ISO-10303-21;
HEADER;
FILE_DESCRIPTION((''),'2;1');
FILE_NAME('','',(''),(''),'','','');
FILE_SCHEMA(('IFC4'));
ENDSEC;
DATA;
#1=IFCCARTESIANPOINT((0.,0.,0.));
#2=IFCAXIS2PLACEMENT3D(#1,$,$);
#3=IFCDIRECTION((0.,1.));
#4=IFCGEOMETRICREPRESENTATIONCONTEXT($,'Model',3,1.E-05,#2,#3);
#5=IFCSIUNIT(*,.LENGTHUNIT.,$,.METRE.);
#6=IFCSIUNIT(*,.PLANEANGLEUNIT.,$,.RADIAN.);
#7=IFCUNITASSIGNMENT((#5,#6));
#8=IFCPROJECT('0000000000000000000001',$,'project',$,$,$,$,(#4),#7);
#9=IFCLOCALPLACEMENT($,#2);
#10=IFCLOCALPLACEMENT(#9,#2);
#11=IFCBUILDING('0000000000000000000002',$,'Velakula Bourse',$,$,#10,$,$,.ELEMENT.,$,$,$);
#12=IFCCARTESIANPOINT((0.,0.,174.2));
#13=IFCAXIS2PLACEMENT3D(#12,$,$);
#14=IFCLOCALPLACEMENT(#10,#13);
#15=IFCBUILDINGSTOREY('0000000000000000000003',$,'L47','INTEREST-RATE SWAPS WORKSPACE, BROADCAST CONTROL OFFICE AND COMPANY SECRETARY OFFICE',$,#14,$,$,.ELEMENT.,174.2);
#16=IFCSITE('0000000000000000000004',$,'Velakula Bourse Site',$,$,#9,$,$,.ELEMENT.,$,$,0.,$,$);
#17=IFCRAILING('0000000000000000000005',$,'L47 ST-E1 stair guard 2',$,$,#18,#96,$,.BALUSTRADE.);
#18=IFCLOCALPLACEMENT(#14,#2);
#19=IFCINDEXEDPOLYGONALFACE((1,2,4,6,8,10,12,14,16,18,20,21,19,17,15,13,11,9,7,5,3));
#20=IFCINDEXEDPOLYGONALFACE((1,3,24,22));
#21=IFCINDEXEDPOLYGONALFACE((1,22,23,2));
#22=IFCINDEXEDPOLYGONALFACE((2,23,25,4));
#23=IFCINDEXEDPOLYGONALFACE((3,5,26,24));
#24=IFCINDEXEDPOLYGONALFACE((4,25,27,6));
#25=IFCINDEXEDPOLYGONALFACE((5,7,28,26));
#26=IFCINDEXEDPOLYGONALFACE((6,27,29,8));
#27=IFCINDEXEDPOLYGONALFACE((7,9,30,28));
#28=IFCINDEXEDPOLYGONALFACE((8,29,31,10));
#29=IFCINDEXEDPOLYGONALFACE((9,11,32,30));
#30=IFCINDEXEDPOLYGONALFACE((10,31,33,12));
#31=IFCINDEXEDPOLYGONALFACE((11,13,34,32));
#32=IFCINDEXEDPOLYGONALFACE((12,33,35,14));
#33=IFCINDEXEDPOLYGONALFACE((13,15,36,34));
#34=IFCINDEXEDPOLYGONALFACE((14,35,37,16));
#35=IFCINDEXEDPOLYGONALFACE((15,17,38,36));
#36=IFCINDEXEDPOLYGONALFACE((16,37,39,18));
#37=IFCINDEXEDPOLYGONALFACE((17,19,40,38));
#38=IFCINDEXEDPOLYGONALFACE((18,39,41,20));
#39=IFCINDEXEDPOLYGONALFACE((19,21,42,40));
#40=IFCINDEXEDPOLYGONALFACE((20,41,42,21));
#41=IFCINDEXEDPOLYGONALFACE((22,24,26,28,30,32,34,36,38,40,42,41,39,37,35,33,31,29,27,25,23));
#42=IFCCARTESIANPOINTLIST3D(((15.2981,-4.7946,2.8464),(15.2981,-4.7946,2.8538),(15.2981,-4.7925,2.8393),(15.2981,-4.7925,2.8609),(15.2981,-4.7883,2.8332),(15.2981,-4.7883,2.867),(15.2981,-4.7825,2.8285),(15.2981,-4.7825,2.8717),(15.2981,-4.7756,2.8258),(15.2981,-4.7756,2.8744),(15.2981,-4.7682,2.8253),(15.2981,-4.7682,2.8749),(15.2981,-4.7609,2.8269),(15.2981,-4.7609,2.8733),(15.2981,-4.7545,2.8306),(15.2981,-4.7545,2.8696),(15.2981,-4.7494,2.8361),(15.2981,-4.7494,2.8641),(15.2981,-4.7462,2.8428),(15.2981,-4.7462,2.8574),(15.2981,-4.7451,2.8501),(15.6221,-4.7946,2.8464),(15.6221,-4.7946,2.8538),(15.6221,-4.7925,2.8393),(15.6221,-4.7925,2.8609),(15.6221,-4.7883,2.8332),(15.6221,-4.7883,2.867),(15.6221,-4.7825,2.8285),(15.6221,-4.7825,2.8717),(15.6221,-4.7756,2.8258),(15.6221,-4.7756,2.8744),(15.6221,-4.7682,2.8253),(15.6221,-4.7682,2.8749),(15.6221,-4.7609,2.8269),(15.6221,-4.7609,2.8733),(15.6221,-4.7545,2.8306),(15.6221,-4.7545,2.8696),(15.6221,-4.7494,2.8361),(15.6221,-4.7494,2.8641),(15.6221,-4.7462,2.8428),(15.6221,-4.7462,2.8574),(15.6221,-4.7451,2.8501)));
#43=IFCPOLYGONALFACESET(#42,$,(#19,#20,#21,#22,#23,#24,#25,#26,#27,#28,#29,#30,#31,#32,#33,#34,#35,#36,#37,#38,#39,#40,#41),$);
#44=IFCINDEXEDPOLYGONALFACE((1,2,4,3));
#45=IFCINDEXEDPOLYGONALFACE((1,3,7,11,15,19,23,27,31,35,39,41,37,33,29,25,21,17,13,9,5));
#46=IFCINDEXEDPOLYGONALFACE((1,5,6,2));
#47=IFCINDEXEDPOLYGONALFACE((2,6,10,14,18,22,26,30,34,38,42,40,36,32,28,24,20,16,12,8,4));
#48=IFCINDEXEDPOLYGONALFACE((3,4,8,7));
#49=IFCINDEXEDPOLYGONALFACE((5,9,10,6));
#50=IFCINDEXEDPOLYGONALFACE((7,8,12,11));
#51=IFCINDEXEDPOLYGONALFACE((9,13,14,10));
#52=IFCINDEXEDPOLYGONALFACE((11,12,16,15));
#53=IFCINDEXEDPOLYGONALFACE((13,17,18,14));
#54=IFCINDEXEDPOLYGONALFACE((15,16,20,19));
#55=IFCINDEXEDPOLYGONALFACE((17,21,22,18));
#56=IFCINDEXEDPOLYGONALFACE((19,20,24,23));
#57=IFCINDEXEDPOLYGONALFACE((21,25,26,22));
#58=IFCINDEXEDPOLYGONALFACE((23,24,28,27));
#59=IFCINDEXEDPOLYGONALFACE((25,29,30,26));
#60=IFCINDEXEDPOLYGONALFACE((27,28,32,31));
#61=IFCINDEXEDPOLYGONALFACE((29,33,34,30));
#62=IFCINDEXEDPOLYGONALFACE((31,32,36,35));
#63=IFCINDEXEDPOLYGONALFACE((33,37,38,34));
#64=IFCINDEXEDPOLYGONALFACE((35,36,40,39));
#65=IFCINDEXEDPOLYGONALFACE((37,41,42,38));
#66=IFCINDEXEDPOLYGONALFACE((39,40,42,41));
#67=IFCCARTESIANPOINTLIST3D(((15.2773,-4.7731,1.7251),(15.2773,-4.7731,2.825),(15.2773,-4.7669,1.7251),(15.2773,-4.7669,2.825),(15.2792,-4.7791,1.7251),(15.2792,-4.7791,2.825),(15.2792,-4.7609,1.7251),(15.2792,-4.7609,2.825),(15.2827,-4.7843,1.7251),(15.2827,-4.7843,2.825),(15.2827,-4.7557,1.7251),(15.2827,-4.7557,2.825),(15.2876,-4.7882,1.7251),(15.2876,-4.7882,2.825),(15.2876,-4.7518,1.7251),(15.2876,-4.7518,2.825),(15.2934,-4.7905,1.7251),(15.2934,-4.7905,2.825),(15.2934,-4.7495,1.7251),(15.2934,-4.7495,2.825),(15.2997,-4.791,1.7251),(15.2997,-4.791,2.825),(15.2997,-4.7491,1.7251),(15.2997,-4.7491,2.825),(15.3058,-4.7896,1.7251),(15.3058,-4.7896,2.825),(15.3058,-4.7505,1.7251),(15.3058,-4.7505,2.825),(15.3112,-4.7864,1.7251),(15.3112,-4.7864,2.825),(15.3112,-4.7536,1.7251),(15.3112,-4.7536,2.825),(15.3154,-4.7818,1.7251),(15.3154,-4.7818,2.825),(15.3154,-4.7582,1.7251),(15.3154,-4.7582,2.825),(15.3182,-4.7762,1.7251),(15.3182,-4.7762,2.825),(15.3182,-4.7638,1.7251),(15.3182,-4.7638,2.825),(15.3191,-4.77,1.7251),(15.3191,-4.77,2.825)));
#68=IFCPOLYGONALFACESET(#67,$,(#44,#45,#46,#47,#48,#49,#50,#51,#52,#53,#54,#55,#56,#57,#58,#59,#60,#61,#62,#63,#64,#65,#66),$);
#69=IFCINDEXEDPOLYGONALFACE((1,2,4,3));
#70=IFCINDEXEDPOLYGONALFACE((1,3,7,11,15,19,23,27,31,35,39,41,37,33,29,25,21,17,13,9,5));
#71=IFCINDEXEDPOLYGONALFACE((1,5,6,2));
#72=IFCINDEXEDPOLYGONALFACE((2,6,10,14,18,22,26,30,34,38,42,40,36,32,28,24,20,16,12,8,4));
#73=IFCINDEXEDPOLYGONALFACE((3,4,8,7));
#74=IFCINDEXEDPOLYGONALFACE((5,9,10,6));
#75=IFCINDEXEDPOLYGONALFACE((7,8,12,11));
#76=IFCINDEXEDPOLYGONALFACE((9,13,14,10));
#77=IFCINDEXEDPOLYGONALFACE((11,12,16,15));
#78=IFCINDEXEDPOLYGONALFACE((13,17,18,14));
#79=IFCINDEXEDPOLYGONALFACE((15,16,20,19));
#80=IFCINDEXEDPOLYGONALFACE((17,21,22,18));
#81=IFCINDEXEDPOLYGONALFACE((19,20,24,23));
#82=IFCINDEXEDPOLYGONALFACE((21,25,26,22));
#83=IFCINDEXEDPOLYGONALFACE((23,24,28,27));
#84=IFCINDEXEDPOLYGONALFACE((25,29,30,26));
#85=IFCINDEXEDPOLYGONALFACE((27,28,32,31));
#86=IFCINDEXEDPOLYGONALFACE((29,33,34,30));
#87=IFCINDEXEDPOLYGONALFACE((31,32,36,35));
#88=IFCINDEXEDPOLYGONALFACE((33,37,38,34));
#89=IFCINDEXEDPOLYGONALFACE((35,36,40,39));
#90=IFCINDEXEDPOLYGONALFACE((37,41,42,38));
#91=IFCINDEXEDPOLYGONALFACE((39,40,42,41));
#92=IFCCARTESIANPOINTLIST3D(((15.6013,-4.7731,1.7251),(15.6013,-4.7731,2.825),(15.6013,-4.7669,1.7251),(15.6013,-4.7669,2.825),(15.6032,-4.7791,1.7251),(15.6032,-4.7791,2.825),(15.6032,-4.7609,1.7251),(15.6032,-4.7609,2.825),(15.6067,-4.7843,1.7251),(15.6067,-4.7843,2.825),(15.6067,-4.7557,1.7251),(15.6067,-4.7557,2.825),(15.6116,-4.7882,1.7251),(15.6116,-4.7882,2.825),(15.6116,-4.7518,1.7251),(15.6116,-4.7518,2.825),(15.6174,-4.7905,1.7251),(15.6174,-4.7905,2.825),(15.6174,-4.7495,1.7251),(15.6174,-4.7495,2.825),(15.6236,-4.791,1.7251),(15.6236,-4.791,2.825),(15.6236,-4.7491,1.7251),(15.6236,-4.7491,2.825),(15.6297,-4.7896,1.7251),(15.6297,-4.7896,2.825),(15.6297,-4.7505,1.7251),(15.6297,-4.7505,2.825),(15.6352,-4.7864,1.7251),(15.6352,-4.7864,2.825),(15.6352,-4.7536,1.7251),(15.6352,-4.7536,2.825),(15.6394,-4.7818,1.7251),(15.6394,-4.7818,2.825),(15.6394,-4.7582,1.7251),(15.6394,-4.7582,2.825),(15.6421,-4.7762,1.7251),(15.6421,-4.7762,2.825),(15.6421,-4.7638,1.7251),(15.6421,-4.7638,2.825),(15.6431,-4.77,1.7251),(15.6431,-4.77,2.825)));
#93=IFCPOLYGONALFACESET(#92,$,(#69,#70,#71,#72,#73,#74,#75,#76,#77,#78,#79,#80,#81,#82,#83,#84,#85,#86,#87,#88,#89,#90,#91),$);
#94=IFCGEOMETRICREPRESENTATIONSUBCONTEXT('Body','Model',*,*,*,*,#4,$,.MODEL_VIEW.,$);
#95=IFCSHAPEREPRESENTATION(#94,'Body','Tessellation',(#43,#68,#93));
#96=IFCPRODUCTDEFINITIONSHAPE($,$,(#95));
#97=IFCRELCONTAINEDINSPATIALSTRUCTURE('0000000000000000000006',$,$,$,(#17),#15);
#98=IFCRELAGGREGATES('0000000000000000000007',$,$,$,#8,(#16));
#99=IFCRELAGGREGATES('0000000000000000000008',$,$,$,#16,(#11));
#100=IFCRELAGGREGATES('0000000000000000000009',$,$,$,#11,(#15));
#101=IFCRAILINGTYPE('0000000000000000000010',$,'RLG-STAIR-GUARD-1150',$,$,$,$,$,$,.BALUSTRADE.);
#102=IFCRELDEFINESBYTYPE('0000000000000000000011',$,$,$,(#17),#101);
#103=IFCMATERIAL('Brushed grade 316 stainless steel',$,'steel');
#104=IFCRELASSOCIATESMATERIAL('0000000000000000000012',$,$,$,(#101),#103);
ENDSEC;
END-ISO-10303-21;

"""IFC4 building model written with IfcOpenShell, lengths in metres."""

from ifc_helpers import new_model, si_unit, direction, frame, origin, origin_2d, place, context, subcontext, project, spatial, circle, extrude, material, type_object, element, save


model = new_model("IFC4")

# Units and contexts
model_context = context("Model", 3, precision=1e-05, world=origin(), true_north=direction((0.0, 1.0)))
body_context = subcontext(model_context, "Body", "Model", "MODEL_VIEW")
ifc_project = project(units=[si_unit("LENGTHUNIT", "METRE"), si_unit("PLANEANGLEUNIT", "RADIAN")], contexts=[model_context])

# Site, building, storey
site_placement = place(None, origin())
site = spatial("IfcSite", under=ifc_project, at=site_placement, Name="Velakula Bourse Site", CompositionType="ELEMENT", RefElevation=0.0)
building_placement = place(site_placement, origin())
building = spatial("IfcBuilding", under=site, at=building_placement, Name="Velakula Bourse", CompositionType="ELEMENT")
storey_placement = place(building_placement, frame((0.0, 0.0, 174.2)))
storey = spatial("IfcBuildingStorey", under=building, at=storey_placement, Name="L47", Description="INTEREST-RATE SWAPS WORKSPACE, BROADCAST CONTROL OFFICE AND COMPANY SECRETARY OFFICE", CompositionType="ELEMENT", Elevation=174.2)

# Shared definitions
ifc_material_1 = material(Name="Brushed grade 316 stainless steel", Category="steel")

# Railing
railing_type_1 = type_object("IfcRailingType", Name="RLG-STAIR-GUARD-1150", PredefinedType="BALUSTRADE", material=ifc_material_1)
railing_1_placement = place(storey_placement, frame((15.2981, -4.77, 1.7251)))
element("IfcRailing", 1, at=railing_1_placement, inside=storey, type_object=railing_type_1, Name="L47 ST-E1 stair guard 2", PredefinedType="BALUSTRADE", context=body_context, shape_type="SweptSolid", body=[
    extrude(circle(Radius=0.0249, at=origin_2d()), frame((0.0, 0.0, 1.125), z_axis=(1.0, 0.0, 0.0), x_axis=(0.0, 1.0, 0.0)), (0.0, 0.0, 1.0), 0.324),
    extrude(circle(Radius=0.021, at=origin_2d()), origin(), (0.0, 0.0, 1.0), 1.0999),
    extrude(circle(Radius=0.021, at=origin_2d()), frame((0.324, 0.0, 0.0)), (0.0, 0.0, 1.0), 1.0999),
])

save(model, "model.ifc")
